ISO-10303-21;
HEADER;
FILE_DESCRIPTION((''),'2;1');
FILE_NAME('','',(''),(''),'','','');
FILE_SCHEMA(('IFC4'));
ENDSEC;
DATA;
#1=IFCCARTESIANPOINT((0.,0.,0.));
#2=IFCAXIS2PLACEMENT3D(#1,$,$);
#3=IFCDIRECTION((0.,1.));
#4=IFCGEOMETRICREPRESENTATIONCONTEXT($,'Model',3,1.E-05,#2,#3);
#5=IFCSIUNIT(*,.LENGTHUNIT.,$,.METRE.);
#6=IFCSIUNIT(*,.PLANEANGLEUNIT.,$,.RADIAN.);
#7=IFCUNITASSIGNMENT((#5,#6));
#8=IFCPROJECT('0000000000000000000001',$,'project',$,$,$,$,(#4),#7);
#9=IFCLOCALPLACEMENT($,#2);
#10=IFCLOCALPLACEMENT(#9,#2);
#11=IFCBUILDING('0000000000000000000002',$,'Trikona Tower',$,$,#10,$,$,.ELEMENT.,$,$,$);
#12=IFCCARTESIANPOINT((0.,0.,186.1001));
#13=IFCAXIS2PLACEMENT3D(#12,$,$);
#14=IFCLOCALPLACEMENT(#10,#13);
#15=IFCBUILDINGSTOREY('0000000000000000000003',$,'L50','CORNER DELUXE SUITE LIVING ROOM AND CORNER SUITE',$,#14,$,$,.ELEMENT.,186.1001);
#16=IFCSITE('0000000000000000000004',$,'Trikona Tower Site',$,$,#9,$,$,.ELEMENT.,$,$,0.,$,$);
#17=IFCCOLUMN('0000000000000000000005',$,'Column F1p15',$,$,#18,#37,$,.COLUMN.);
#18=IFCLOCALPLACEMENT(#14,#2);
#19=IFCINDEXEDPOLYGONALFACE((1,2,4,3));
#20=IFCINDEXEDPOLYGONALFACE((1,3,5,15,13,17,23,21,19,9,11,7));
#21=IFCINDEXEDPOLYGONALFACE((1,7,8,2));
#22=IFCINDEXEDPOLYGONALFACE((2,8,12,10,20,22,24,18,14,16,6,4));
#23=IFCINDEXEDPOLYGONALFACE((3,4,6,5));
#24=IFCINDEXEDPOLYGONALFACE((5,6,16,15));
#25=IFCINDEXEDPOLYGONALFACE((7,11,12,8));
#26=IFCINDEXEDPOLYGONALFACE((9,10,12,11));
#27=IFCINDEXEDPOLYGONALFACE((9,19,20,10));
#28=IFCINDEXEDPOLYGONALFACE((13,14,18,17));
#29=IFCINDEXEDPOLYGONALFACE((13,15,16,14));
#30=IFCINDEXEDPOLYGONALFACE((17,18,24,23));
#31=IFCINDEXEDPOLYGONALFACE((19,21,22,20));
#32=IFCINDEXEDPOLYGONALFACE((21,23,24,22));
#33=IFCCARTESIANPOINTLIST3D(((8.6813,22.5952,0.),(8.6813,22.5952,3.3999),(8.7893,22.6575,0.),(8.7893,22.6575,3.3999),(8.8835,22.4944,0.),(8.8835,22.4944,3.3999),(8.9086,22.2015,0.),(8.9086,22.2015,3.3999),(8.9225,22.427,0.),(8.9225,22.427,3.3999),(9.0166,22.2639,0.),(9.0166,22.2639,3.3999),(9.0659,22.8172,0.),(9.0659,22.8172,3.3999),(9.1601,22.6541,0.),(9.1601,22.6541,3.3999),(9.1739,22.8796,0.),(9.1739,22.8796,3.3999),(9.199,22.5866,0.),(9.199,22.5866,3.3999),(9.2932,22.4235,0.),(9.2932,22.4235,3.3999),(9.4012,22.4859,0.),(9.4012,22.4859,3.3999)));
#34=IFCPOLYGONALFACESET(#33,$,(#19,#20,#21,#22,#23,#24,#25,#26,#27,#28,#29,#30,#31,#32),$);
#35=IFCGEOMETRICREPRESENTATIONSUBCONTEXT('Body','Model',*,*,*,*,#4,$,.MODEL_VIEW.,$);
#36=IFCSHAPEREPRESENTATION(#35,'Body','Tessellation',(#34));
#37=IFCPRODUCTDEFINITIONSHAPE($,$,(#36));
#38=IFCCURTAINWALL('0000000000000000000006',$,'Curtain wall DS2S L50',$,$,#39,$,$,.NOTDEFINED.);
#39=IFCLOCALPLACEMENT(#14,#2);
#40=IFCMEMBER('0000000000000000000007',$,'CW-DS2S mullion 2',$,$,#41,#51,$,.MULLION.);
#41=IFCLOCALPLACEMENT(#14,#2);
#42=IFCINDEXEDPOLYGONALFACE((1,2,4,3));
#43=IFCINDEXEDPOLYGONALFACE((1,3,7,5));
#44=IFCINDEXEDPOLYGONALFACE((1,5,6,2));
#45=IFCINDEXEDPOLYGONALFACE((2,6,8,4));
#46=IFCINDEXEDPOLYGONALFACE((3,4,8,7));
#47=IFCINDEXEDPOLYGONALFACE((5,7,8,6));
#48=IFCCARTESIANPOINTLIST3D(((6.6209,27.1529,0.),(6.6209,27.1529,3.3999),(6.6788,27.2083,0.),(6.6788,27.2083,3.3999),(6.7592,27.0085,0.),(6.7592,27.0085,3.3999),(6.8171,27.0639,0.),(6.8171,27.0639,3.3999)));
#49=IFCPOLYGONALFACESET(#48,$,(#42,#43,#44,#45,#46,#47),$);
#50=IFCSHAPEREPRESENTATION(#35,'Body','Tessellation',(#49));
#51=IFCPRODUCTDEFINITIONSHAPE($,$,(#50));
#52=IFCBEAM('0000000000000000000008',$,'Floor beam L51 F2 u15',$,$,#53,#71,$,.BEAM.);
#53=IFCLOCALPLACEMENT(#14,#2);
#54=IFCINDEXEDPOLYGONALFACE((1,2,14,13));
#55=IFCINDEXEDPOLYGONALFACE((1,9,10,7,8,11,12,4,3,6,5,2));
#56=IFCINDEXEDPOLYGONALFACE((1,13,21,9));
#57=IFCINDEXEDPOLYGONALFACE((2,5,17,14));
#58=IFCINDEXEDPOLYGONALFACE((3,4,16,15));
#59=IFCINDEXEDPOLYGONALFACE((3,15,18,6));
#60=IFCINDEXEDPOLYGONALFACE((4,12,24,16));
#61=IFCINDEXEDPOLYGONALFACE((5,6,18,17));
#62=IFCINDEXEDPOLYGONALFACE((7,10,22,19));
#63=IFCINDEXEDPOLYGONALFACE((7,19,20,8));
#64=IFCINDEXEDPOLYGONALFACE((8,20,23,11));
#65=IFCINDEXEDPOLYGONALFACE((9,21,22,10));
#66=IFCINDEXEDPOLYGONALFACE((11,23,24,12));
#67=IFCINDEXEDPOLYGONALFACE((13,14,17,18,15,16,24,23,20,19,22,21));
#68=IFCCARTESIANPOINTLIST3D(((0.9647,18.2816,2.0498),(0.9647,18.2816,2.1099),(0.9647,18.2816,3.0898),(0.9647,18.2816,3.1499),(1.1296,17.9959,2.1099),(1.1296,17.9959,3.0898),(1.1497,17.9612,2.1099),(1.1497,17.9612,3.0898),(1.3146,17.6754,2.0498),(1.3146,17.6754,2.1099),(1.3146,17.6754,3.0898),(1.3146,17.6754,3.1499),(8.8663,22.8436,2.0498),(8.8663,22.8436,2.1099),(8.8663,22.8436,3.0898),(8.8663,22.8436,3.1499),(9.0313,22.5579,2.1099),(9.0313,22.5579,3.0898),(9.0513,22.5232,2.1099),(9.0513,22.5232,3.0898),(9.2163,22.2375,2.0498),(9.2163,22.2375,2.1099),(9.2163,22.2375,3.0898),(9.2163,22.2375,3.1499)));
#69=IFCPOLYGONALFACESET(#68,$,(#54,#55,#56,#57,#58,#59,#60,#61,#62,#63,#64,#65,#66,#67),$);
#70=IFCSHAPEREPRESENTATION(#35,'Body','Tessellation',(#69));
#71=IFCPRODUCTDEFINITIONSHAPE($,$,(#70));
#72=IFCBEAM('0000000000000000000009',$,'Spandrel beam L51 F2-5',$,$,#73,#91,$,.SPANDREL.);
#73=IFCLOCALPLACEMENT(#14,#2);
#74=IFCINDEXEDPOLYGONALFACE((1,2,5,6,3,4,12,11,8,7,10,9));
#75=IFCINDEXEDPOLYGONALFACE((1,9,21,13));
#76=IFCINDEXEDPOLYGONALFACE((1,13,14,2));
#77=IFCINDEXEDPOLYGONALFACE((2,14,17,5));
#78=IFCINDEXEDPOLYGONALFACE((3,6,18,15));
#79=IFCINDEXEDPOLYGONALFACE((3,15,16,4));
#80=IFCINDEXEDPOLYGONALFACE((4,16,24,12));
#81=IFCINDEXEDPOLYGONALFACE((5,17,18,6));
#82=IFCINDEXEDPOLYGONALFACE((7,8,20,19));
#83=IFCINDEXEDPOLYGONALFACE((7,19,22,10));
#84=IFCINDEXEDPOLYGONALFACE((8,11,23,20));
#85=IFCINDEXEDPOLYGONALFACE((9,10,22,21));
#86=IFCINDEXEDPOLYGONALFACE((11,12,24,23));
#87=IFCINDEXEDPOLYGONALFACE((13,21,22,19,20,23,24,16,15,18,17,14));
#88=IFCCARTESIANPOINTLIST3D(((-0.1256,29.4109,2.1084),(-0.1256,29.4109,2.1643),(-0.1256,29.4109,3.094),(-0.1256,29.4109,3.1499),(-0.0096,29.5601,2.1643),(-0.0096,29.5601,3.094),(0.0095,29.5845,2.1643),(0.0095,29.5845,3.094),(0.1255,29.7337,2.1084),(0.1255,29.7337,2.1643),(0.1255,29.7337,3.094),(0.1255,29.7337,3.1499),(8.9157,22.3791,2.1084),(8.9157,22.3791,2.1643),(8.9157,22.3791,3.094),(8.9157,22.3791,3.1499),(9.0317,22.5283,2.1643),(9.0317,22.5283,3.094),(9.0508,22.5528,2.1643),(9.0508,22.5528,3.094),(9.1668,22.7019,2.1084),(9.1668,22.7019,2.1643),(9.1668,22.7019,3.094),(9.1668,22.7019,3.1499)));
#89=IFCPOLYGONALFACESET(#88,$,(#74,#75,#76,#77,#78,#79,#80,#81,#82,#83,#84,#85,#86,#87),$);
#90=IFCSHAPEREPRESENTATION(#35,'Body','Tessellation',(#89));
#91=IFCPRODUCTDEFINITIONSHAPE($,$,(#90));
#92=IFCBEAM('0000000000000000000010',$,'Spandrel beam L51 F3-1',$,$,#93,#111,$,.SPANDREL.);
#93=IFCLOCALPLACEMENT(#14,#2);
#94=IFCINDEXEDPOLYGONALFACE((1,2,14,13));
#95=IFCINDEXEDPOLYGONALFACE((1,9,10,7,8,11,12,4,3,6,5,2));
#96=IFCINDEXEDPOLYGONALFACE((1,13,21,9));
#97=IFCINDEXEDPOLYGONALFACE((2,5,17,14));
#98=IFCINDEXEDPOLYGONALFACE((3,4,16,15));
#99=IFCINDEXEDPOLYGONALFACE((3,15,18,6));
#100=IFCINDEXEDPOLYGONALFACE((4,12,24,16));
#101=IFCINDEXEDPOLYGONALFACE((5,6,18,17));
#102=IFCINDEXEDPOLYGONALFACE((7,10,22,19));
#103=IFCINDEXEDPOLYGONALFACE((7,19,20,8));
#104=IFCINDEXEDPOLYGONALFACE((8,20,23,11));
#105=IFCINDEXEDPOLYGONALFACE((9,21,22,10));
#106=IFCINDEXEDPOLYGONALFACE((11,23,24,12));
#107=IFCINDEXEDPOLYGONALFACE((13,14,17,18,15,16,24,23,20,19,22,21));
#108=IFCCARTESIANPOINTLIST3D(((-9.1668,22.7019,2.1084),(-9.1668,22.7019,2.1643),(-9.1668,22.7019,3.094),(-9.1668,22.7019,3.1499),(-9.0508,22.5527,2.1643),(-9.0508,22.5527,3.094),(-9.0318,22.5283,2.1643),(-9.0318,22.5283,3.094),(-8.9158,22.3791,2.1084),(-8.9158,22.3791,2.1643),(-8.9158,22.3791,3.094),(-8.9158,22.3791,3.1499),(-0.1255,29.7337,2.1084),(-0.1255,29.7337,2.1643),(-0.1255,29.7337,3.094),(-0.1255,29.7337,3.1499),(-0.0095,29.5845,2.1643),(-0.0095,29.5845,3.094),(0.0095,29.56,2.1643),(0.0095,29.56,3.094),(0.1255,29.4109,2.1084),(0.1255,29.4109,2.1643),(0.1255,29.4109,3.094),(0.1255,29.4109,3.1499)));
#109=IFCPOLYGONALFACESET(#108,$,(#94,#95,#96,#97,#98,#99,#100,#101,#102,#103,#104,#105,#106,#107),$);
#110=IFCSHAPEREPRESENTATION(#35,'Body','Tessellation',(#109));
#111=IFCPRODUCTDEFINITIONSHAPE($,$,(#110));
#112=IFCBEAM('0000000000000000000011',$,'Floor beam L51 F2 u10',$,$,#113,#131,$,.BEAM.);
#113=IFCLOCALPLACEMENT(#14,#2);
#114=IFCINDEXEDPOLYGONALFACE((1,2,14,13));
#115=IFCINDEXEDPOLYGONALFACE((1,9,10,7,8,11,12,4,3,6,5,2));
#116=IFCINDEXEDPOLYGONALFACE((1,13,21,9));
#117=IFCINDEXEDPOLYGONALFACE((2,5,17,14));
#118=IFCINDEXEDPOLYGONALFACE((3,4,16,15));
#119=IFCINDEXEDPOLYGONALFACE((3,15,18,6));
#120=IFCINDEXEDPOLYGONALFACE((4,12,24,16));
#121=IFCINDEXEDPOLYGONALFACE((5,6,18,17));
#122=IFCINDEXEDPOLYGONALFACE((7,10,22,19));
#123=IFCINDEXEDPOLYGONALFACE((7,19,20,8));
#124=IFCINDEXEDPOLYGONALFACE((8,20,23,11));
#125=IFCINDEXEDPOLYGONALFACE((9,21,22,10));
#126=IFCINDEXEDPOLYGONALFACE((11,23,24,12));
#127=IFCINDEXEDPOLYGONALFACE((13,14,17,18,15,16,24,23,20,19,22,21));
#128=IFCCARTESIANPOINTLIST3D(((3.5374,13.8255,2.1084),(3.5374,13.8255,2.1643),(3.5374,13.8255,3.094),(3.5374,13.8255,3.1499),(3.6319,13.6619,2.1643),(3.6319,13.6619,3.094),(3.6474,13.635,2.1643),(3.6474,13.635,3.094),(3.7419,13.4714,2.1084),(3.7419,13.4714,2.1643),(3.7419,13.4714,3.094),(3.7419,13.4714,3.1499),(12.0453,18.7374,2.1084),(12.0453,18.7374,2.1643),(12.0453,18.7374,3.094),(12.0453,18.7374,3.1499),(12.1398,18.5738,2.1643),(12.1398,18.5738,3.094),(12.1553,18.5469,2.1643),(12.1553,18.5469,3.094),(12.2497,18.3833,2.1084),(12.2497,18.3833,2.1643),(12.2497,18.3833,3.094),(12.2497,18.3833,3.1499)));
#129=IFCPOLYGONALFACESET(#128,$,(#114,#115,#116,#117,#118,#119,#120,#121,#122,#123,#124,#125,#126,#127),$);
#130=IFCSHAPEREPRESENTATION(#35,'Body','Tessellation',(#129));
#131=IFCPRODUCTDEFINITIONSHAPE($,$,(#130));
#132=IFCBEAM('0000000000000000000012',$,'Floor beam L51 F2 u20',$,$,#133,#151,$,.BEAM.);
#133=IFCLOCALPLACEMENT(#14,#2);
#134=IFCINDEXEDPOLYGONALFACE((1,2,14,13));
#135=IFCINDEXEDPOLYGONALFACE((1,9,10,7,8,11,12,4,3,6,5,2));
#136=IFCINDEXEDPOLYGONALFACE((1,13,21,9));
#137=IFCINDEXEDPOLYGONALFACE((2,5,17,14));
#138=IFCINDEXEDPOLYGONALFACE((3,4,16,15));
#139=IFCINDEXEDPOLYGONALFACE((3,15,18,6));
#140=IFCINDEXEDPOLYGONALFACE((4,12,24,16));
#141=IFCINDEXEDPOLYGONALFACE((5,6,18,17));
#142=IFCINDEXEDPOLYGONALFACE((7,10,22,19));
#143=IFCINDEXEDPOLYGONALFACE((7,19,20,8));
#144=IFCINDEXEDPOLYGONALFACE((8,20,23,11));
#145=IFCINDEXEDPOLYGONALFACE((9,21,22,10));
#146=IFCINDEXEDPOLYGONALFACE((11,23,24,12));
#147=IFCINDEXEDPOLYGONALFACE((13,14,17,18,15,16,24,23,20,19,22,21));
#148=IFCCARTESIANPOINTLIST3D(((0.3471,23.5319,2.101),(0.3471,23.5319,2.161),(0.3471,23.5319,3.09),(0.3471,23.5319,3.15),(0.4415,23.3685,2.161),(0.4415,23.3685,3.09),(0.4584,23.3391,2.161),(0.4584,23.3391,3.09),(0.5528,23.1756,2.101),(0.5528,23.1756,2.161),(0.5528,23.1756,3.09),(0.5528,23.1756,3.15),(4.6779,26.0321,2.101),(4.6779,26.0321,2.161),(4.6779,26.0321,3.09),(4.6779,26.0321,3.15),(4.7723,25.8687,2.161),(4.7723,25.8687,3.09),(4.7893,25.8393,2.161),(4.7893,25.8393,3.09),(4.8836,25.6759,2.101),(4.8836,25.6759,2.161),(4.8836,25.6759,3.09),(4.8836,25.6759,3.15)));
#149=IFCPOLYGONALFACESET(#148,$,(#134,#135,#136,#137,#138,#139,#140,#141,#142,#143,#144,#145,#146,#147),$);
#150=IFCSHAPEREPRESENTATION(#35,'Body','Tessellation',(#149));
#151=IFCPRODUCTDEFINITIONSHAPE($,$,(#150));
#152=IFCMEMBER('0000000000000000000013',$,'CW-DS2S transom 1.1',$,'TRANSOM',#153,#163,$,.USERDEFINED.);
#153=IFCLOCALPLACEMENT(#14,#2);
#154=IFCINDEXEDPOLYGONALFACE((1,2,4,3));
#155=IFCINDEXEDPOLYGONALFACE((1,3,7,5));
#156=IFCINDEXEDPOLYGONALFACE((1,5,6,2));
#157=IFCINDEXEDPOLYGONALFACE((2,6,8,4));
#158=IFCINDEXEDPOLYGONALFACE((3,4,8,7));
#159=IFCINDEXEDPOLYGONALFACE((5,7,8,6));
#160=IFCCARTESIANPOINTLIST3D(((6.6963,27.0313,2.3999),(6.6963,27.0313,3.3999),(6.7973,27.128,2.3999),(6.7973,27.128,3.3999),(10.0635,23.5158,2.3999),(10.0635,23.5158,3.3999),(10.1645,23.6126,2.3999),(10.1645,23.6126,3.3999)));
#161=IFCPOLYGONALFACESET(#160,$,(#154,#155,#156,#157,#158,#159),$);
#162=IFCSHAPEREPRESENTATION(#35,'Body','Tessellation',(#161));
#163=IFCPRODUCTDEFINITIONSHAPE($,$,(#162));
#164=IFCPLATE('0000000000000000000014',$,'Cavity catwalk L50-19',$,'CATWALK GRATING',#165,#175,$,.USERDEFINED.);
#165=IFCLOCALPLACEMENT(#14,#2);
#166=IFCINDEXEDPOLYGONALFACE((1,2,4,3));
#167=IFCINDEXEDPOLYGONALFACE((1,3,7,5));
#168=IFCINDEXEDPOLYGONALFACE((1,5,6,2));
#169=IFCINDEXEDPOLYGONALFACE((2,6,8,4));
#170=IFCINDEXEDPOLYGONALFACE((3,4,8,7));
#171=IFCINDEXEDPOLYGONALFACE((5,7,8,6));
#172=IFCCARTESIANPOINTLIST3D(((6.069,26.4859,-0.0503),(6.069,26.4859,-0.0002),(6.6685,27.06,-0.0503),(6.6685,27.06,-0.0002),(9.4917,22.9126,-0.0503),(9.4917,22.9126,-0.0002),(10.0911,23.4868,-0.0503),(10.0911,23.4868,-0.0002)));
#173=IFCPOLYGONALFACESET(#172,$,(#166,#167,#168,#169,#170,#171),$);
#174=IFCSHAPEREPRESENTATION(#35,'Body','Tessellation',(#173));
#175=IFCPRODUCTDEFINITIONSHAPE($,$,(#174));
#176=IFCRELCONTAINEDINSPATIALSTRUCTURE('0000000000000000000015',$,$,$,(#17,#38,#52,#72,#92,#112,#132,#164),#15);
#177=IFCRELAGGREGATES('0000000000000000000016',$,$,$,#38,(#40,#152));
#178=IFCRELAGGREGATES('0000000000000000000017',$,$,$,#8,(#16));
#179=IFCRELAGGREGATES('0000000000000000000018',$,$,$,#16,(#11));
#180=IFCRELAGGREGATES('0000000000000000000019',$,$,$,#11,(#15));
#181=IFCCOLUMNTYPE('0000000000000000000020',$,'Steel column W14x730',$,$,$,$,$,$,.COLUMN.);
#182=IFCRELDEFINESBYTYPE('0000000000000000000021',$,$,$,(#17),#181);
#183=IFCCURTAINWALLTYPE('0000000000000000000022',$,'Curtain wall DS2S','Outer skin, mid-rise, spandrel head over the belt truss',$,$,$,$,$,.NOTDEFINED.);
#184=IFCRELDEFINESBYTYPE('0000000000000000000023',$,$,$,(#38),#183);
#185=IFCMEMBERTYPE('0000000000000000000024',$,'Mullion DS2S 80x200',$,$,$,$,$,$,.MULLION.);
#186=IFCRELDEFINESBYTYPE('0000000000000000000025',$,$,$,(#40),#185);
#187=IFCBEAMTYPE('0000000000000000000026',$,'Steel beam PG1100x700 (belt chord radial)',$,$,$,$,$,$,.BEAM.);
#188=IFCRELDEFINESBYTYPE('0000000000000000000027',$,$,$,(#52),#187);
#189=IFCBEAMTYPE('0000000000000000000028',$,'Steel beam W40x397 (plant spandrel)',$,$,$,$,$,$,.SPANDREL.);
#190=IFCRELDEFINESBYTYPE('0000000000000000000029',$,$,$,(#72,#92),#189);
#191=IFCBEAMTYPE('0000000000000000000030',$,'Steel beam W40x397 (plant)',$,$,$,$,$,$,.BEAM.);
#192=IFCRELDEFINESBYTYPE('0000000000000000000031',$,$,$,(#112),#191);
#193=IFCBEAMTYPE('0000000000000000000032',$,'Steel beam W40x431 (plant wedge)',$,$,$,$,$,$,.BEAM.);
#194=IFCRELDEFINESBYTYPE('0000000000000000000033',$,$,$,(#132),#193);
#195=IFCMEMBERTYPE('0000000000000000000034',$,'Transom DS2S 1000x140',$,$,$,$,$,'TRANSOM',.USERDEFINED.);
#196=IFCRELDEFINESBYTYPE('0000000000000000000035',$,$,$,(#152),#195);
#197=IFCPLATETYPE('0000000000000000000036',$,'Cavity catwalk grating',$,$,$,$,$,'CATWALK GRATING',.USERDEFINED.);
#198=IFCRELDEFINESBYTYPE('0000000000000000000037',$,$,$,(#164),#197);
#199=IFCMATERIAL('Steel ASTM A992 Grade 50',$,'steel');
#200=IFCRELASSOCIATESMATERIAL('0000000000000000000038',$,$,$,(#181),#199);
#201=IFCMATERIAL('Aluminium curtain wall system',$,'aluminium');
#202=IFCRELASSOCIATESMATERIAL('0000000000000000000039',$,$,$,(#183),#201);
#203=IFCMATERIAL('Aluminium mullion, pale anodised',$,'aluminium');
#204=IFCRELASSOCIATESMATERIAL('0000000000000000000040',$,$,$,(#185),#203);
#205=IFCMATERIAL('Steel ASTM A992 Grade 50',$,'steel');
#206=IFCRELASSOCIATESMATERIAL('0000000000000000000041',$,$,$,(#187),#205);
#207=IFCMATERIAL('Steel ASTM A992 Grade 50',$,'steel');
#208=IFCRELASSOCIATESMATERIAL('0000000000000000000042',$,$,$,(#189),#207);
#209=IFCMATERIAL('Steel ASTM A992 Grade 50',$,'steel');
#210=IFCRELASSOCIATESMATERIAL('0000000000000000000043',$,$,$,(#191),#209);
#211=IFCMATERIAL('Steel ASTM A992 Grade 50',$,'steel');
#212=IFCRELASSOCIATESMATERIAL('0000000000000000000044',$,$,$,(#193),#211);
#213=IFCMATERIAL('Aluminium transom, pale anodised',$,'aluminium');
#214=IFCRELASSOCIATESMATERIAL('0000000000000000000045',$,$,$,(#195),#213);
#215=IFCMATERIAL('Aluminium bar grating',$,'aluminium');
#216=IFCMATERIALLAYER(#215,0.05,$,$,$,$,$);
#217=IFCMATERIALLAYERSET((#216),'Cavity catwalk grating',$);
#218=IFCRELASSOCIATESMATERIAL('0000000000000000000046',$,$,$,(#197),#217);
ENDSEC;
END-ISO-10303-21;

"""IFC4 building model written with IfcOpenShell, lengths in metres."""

from ifc_helpers import new_model, si_unit, direction, frame, origin, origin_2d, place, context, subcontext, project, spatial, rectangle, i_section, extrude, material, layer, layer_set, material_profile, profile_set, type_object, element, aggregate, save


model = new_model("IFC4")

# Units and contexts
model_context = context("Model", 3, precision=1e-05, world=origin(), true_north=direction((0.0, 1.0)))
body_context = subcontext(model_context, "Body", "Model", "MODEL_VIEW")
ifc_project = project(units=[si_unit("LENGTHUNIT", "METRE"), si_unit("PLANEANGLEUNIT", "RADIAN")], contexts=[model_context])

# Site, building, storey
site_placement = place(None, origin())
site = spatial("IfcSite", under=ifc_project, at=site_placement, Name="Trikona Tower Site", CompositionType="ELEMENT", RefElevation=0.0)
building_placement = place(site_placement, origin())
building = spatial("IfcBuilding", under=site, at=building_placement, Name="Trikona Tower", CompositionType="ELEMENT")
storey_placement = place(building_placement, frame((0.0, 0.0, 186.1001)))
storey = spatial("IfcBuildingStorey", under=building, at=storey_placement, Name="L50", Description="CORNER DELUXE SUITE LIVING ROOM AND CORNER SUITE", CompositionType="ELEMENT", Elevation=186.1001)

# Column
ifc_material_1 = material(Name="Steel ASTM A992 Grade 50", Category="steel")
ifc_material_profile_1 = material_profile(ifc_material_1, i_section(OverallWidth=0.4546, OverallDepth=0.5688, WebThickness=0.0779, FlangeThickness=0.1248, at=origin_2d()), Name="W14X730")
ifc_profile_set_1 = profile_set([ifc_material_profile_1], Name="Steel ASTM A992 Grade 50")
column_type = type_object("IfcColumnType", Name="Steel column W14x730", PredefinedType="COLUMN", material=ifc_profile_set_1)
column_placement = place(storey_placement, frame((9.0413, 22.5405, 0.0), z_axis=(0.0, 0.0, 1.0), x_axis=(-0.5, 0.866025, 0.0)))
element("IfcColumn", 1, at=column_placement, inside=storey, type_object=column_type, Name="Column F1p15", PredefinedType="COLUMN", context=body_context, shape_type="SweptSolid", body=[
    extrude(i_section(OverallWidth=0.4546, OverallDepth=0.5688, WebThickness=0.0779, FlangeThickness=0.1248, at=origin_2d()), origin(), (0.0, 0.0, 1.0), 3.3999),
])

# Curtain wall, member
ifc_material_2 = material(Name="Aluminium curtain wall system", Category="aluminium")
curtain_wall_type = type_object("IfcCurtainWallType", Name="Curtain wall DS2S", Description="Outer skin, mid-rise, spandrel head over the belt truss", PredefinedType="NOTDEFINED", material=ifc_material_2)
curtain_wall_placement = place(storey_placement, origin())
curtain_wall = element("IfcCurtainWall", 2, at=curtain_wall_placement, inside=storey, type_object=curtain_wall_type, Name="Curtain wall DS2S L50", PredefinedType="NOTDEFINED")
ifc_material_3 = material(Name="Aluminium mullion, pale anodised", Category="aluminium")
ifc_material_profile_2 = material_profile(ifc_material_3, rectangle(XDim=0.0801, YDim=0.2, at=origin_2d()), Name="MUL-DS2S")
ifc_profile_set_2 = profile_set([ifc_material_profile_2], Name="Aluminium mullion, pale anodised")
member_type_1 = type_object("IfcMemberType", Name="Mullion DS2S 80x200", PredefinedType="MULLION", material=ifc_profile_set_2)
member_1_placement = place(storey_placement, frame((6.719, 27.1084, 0.0), z_axis=(0.0, 0.0, 1.0), x_axis=(-0.722158, -0.691728, 0.0)))
member_1 = element("IfcMember", 3, at=member_1_placement, type_object=member_type_1, Name="CW-DS2S mullion 2", PredefinedType="MULLION", context=body_context, shape_type="SweptSolid", body=[
    extrude(rectangle(XDim=0.0801, YDim=0.2, at=origin_2d()), origin(), (0.0, 0.0, 1.0), 3.3999),
])

# Beams
ifc_material_4 = material(Name="Steel ASTM A992 Grade 50", Category="steel")
ifc_material_profile_3 = material_profile(ifc_material_4, i_section(OverallWidth=0.7, OverallDepth=1.1001, WebThickness=0.04, FlangeThickness=0.0601, at=origin_2d()), Name="PG1100X700")
ifc_profile_set_3 = profile_set([ifc_material_profile_3], Name="Steel ASTM A992 Grade 50")
beam_type_1 = type_object("IfcBeamType", Name="Steel beam PG1100x700 (belt chord radial)", PredefinedType="BEAM", material=ifc_profile_set_3)
beam_1_placement = place(storey_placement, frame((1.1396, 17.9785, 2.5999), z_axis=(0.866025, 0.500001, 0.0), x_axis=(-0.500001, 0.866025, 0.0)))
element("IfcBeam", 4, at=beam_1_placement, inside=storey, type_object=beam_type_1, Name="Floor beam L51 F2 u15", PredefinedType="BEAM", context=body_context, shape_type="SweptSolid", body=[
    extrude(i_section(OverallWidth=0.7, OverallDepth=1.1001, WebThickness=0.04, FlangeThickness=0.0601, at=origin_2d()), origin(), (0.0, 0.0, 1.0), 9.124),
])
ifc_material_5 = material(Name="Steel ASTM A992 Grade 50", Category="steel")
ifc_material_profile_4 = material_profile(ifc_material_5, i_section(OverallWidth=0.4089, OverallDepth=1.0415, WebThickness=0.031, FlangeThickness=0.0559, at=origin_2d()), Name="W40X397")
ifc_profile_set_4 = profile_set([ifc_material_profile_4], Name="Steel ASTM A992 Grade 50")
beam_type_2 = type_object("IfcBeamType", Name="Steel beam W40x397 (plant spandrel)", PredefinedType="SPANDREL", material=ifc_profile_set_4)
for number, where, z_axis, x_axis, name in (
    (5, (9.0413, 22.5405, 2.6292), (-0.789367, 0.613921, 0.0), (-0.613921, -0.789367, 0.0), "Spandrel beam L51 F2-5"),
    (6, (0.0, 29.5723, 2.6292), (-0.789367, -0.613921, 0.0), (0.613921, -0.789367, 0.0), "Spandrel beam L51 F3-1"),
):
    element("IfcBeam", number, at=place(storey_placement, frame(where, z_axis=z_axis, x_axis=x_axis)), inside=storey, type_object=beam_type_2, Name=name, PredefinedType="SPANDREL", context=body_context, shape_type="SweptSolid", body=[
        extrude(i_section(OverallWidth=0.4089, OverallDepth=1.0415, WebThickness=0.031, FlangeThickness=0.0559, at=origin_2d()), origin(), (0.0, 0.0, 1.0), 11.4539),
    ])
ifc_material_6 = material(Name="Steel ASTM A992 Grade 50", Category="steel")
ifc_material_profile_5 = material_profile(ifc_material_6, i_section(OverallWidth=0.4089, OverallDepth=1.0415, WebThickness=0.031, FlangeThickness=0.0559, at=origin_2d()), Name="W40X397")
ifc_profile_set_5 = profile_set([ifc_material_profile_5], Name="Steel ASTM A992 Grade 50")
beam_type_3 = type_object("IfcBeamType", Name="Steel beam W40x397 (plant)", PredefinedType="BEAM", material=ifc_profile_set_5)
beam_2_placement = place(storey_placement, frame((3.6396, 13.6484, 2.6292), z_axis=(0.866031, 0.499991, 0.0), x_axis=(-0.499991, 0.866031, 0.0)))
element("IfcBeam", 7, at=beam_2_placement, inside=storey, type_object=beam_type_3, Name="Floor beam L51 F2 u10", PredefinedType="BEAM", context=body_context, shape_type="SweptSolid", body=[
    extrude(i_section(OverallWidth=0.4089, OverallDepth=1.0415, WebThickness=0.031, FlangeThickness=0.0559, at=origin_2d()), origin(), (0.0, 0.0, 1.0), 9.824),
])
ifc_material_7 = material(Name="Steel ASTM A992 Grade 50", Category="steel")
ifc_material_profile_6 = material_profile(ifc_material_7, i_section(OverallWidth=0.4114, OverallDepth=1.0491, WebThickness=0.0339, FlangeThickness=0.0601, at=origin_2d()), Name="W40X431")
ifc_profile_set_6 = profile_set([ifc_material_profile_6], Name="Steel ASTM A992 Grade 50")
beam_type_4 = type_object("IfcBeamType", Name="Steel beam W40x431 (plant wedge)", PredefinedType="BEAM", material=ifc_profile_set_6)
beam_3_placement = place(storey_placement, frame((0.45, 23.3538, 2.6255), z_axis=(0.866038, 0.499977, 0.0), x_axis=(-0.499977, 0.866038, 0.0)))
element("IfcBeam", 8, at=beam_3_placement, inside=storey, type_object=beam_type_4, Name="Floor beam L51 F2 u20", PredefinedType="BEAM", context=body_context, shape_type="SweptSolid", body=[
    extrude(i_section(OverallWidth=0.4114, OverallDepth=1.0491, WebThickness=0.0339, FlangeThickness=0.0601, at=origin_2d()), origin(), (0.0, 0.0, 1.0), 5.0007),
])

# Member
ifc_material_8 = material(Name="Aluminium transom, pale anodised", Category="aluminium")
ifc_material_profile_7 = material_profile(ifc_material_8, rectangle(XDim=0.1399, YDim=1.0, at=origin_2d()), Name="TRN-DS2S")
ifc_profile_set_7 = profile_set([ifc_material_profile_7], Name="Aluminium transom, pale anodised")
member_type_2 = type_object("IfcMemberType", Name="Transom DS2S 1000x140", ElementType="TRANSOM", PredefinedType="USERDEFINED", material=ifc_profile_set_7)
member_2_placement = place(storey_placement, frame((10.114, 23.5642, 2.8999), z_axis=(-0.691721, 0.722165, 0.0), x_axis=(-0.722165, -0.691721, 0.0)))
member_2 = element("IfcMember", 9, at=member_2_placement, type_object=member_type_2, Name="CW-DS2S transom 1.1", ObjectType="TRANSOM", PredefinedType="USERDEFINED", context=body_context, shape_type="SweptSolid", body=[
    extrude(rectangle(XDim=0.1399, YDim=1.0, at=origin_2d()), origin(), (0.0, 0.0, 1.0), 4.8679),
])

# Plate
ifc_material_9 = material(Name="Aluminium bar grating", Category="aluminium")
ifc_layer_1 = layer(ifc_material_9, 0.05)
ifc_layer_set_1 = layer_set([ifc_layer_1], Name="Cavity catwalk grating")
plate_type_1 = type_object("IfcPlateType", Name="Cavity catwalk grating", ElementType="CATWALK GRATING", PredefinedType="USERDEFINED", material=ifc_layer_set_1)
plate_1_placement = place(storey_placement, frame((8.0801, 24.9863, -0.0503), z_axis=(0.0, 0.0, 1.0), x_axis=(-0.691724, 0.722162, 0.0)))
element("IfcPlate", 10, at=plate_1_placement, inside=storey, type_object=plate_type_1, Name="Cavity catwalk L50-19", ObjectType="CATWALK GRATING", PredefinedType="USERDEFINED", context=body_context, shape_type="SweptSolid", body=[
    extrude(rectangle(XDim=4.948, YDim=0.8301, at=origin_2d()), origin(), (0.0, 0.0, 1.0), 0.05),
])
aggregate(curtain_wall, [member_1, member_2])

save(model, "model.ifc")
